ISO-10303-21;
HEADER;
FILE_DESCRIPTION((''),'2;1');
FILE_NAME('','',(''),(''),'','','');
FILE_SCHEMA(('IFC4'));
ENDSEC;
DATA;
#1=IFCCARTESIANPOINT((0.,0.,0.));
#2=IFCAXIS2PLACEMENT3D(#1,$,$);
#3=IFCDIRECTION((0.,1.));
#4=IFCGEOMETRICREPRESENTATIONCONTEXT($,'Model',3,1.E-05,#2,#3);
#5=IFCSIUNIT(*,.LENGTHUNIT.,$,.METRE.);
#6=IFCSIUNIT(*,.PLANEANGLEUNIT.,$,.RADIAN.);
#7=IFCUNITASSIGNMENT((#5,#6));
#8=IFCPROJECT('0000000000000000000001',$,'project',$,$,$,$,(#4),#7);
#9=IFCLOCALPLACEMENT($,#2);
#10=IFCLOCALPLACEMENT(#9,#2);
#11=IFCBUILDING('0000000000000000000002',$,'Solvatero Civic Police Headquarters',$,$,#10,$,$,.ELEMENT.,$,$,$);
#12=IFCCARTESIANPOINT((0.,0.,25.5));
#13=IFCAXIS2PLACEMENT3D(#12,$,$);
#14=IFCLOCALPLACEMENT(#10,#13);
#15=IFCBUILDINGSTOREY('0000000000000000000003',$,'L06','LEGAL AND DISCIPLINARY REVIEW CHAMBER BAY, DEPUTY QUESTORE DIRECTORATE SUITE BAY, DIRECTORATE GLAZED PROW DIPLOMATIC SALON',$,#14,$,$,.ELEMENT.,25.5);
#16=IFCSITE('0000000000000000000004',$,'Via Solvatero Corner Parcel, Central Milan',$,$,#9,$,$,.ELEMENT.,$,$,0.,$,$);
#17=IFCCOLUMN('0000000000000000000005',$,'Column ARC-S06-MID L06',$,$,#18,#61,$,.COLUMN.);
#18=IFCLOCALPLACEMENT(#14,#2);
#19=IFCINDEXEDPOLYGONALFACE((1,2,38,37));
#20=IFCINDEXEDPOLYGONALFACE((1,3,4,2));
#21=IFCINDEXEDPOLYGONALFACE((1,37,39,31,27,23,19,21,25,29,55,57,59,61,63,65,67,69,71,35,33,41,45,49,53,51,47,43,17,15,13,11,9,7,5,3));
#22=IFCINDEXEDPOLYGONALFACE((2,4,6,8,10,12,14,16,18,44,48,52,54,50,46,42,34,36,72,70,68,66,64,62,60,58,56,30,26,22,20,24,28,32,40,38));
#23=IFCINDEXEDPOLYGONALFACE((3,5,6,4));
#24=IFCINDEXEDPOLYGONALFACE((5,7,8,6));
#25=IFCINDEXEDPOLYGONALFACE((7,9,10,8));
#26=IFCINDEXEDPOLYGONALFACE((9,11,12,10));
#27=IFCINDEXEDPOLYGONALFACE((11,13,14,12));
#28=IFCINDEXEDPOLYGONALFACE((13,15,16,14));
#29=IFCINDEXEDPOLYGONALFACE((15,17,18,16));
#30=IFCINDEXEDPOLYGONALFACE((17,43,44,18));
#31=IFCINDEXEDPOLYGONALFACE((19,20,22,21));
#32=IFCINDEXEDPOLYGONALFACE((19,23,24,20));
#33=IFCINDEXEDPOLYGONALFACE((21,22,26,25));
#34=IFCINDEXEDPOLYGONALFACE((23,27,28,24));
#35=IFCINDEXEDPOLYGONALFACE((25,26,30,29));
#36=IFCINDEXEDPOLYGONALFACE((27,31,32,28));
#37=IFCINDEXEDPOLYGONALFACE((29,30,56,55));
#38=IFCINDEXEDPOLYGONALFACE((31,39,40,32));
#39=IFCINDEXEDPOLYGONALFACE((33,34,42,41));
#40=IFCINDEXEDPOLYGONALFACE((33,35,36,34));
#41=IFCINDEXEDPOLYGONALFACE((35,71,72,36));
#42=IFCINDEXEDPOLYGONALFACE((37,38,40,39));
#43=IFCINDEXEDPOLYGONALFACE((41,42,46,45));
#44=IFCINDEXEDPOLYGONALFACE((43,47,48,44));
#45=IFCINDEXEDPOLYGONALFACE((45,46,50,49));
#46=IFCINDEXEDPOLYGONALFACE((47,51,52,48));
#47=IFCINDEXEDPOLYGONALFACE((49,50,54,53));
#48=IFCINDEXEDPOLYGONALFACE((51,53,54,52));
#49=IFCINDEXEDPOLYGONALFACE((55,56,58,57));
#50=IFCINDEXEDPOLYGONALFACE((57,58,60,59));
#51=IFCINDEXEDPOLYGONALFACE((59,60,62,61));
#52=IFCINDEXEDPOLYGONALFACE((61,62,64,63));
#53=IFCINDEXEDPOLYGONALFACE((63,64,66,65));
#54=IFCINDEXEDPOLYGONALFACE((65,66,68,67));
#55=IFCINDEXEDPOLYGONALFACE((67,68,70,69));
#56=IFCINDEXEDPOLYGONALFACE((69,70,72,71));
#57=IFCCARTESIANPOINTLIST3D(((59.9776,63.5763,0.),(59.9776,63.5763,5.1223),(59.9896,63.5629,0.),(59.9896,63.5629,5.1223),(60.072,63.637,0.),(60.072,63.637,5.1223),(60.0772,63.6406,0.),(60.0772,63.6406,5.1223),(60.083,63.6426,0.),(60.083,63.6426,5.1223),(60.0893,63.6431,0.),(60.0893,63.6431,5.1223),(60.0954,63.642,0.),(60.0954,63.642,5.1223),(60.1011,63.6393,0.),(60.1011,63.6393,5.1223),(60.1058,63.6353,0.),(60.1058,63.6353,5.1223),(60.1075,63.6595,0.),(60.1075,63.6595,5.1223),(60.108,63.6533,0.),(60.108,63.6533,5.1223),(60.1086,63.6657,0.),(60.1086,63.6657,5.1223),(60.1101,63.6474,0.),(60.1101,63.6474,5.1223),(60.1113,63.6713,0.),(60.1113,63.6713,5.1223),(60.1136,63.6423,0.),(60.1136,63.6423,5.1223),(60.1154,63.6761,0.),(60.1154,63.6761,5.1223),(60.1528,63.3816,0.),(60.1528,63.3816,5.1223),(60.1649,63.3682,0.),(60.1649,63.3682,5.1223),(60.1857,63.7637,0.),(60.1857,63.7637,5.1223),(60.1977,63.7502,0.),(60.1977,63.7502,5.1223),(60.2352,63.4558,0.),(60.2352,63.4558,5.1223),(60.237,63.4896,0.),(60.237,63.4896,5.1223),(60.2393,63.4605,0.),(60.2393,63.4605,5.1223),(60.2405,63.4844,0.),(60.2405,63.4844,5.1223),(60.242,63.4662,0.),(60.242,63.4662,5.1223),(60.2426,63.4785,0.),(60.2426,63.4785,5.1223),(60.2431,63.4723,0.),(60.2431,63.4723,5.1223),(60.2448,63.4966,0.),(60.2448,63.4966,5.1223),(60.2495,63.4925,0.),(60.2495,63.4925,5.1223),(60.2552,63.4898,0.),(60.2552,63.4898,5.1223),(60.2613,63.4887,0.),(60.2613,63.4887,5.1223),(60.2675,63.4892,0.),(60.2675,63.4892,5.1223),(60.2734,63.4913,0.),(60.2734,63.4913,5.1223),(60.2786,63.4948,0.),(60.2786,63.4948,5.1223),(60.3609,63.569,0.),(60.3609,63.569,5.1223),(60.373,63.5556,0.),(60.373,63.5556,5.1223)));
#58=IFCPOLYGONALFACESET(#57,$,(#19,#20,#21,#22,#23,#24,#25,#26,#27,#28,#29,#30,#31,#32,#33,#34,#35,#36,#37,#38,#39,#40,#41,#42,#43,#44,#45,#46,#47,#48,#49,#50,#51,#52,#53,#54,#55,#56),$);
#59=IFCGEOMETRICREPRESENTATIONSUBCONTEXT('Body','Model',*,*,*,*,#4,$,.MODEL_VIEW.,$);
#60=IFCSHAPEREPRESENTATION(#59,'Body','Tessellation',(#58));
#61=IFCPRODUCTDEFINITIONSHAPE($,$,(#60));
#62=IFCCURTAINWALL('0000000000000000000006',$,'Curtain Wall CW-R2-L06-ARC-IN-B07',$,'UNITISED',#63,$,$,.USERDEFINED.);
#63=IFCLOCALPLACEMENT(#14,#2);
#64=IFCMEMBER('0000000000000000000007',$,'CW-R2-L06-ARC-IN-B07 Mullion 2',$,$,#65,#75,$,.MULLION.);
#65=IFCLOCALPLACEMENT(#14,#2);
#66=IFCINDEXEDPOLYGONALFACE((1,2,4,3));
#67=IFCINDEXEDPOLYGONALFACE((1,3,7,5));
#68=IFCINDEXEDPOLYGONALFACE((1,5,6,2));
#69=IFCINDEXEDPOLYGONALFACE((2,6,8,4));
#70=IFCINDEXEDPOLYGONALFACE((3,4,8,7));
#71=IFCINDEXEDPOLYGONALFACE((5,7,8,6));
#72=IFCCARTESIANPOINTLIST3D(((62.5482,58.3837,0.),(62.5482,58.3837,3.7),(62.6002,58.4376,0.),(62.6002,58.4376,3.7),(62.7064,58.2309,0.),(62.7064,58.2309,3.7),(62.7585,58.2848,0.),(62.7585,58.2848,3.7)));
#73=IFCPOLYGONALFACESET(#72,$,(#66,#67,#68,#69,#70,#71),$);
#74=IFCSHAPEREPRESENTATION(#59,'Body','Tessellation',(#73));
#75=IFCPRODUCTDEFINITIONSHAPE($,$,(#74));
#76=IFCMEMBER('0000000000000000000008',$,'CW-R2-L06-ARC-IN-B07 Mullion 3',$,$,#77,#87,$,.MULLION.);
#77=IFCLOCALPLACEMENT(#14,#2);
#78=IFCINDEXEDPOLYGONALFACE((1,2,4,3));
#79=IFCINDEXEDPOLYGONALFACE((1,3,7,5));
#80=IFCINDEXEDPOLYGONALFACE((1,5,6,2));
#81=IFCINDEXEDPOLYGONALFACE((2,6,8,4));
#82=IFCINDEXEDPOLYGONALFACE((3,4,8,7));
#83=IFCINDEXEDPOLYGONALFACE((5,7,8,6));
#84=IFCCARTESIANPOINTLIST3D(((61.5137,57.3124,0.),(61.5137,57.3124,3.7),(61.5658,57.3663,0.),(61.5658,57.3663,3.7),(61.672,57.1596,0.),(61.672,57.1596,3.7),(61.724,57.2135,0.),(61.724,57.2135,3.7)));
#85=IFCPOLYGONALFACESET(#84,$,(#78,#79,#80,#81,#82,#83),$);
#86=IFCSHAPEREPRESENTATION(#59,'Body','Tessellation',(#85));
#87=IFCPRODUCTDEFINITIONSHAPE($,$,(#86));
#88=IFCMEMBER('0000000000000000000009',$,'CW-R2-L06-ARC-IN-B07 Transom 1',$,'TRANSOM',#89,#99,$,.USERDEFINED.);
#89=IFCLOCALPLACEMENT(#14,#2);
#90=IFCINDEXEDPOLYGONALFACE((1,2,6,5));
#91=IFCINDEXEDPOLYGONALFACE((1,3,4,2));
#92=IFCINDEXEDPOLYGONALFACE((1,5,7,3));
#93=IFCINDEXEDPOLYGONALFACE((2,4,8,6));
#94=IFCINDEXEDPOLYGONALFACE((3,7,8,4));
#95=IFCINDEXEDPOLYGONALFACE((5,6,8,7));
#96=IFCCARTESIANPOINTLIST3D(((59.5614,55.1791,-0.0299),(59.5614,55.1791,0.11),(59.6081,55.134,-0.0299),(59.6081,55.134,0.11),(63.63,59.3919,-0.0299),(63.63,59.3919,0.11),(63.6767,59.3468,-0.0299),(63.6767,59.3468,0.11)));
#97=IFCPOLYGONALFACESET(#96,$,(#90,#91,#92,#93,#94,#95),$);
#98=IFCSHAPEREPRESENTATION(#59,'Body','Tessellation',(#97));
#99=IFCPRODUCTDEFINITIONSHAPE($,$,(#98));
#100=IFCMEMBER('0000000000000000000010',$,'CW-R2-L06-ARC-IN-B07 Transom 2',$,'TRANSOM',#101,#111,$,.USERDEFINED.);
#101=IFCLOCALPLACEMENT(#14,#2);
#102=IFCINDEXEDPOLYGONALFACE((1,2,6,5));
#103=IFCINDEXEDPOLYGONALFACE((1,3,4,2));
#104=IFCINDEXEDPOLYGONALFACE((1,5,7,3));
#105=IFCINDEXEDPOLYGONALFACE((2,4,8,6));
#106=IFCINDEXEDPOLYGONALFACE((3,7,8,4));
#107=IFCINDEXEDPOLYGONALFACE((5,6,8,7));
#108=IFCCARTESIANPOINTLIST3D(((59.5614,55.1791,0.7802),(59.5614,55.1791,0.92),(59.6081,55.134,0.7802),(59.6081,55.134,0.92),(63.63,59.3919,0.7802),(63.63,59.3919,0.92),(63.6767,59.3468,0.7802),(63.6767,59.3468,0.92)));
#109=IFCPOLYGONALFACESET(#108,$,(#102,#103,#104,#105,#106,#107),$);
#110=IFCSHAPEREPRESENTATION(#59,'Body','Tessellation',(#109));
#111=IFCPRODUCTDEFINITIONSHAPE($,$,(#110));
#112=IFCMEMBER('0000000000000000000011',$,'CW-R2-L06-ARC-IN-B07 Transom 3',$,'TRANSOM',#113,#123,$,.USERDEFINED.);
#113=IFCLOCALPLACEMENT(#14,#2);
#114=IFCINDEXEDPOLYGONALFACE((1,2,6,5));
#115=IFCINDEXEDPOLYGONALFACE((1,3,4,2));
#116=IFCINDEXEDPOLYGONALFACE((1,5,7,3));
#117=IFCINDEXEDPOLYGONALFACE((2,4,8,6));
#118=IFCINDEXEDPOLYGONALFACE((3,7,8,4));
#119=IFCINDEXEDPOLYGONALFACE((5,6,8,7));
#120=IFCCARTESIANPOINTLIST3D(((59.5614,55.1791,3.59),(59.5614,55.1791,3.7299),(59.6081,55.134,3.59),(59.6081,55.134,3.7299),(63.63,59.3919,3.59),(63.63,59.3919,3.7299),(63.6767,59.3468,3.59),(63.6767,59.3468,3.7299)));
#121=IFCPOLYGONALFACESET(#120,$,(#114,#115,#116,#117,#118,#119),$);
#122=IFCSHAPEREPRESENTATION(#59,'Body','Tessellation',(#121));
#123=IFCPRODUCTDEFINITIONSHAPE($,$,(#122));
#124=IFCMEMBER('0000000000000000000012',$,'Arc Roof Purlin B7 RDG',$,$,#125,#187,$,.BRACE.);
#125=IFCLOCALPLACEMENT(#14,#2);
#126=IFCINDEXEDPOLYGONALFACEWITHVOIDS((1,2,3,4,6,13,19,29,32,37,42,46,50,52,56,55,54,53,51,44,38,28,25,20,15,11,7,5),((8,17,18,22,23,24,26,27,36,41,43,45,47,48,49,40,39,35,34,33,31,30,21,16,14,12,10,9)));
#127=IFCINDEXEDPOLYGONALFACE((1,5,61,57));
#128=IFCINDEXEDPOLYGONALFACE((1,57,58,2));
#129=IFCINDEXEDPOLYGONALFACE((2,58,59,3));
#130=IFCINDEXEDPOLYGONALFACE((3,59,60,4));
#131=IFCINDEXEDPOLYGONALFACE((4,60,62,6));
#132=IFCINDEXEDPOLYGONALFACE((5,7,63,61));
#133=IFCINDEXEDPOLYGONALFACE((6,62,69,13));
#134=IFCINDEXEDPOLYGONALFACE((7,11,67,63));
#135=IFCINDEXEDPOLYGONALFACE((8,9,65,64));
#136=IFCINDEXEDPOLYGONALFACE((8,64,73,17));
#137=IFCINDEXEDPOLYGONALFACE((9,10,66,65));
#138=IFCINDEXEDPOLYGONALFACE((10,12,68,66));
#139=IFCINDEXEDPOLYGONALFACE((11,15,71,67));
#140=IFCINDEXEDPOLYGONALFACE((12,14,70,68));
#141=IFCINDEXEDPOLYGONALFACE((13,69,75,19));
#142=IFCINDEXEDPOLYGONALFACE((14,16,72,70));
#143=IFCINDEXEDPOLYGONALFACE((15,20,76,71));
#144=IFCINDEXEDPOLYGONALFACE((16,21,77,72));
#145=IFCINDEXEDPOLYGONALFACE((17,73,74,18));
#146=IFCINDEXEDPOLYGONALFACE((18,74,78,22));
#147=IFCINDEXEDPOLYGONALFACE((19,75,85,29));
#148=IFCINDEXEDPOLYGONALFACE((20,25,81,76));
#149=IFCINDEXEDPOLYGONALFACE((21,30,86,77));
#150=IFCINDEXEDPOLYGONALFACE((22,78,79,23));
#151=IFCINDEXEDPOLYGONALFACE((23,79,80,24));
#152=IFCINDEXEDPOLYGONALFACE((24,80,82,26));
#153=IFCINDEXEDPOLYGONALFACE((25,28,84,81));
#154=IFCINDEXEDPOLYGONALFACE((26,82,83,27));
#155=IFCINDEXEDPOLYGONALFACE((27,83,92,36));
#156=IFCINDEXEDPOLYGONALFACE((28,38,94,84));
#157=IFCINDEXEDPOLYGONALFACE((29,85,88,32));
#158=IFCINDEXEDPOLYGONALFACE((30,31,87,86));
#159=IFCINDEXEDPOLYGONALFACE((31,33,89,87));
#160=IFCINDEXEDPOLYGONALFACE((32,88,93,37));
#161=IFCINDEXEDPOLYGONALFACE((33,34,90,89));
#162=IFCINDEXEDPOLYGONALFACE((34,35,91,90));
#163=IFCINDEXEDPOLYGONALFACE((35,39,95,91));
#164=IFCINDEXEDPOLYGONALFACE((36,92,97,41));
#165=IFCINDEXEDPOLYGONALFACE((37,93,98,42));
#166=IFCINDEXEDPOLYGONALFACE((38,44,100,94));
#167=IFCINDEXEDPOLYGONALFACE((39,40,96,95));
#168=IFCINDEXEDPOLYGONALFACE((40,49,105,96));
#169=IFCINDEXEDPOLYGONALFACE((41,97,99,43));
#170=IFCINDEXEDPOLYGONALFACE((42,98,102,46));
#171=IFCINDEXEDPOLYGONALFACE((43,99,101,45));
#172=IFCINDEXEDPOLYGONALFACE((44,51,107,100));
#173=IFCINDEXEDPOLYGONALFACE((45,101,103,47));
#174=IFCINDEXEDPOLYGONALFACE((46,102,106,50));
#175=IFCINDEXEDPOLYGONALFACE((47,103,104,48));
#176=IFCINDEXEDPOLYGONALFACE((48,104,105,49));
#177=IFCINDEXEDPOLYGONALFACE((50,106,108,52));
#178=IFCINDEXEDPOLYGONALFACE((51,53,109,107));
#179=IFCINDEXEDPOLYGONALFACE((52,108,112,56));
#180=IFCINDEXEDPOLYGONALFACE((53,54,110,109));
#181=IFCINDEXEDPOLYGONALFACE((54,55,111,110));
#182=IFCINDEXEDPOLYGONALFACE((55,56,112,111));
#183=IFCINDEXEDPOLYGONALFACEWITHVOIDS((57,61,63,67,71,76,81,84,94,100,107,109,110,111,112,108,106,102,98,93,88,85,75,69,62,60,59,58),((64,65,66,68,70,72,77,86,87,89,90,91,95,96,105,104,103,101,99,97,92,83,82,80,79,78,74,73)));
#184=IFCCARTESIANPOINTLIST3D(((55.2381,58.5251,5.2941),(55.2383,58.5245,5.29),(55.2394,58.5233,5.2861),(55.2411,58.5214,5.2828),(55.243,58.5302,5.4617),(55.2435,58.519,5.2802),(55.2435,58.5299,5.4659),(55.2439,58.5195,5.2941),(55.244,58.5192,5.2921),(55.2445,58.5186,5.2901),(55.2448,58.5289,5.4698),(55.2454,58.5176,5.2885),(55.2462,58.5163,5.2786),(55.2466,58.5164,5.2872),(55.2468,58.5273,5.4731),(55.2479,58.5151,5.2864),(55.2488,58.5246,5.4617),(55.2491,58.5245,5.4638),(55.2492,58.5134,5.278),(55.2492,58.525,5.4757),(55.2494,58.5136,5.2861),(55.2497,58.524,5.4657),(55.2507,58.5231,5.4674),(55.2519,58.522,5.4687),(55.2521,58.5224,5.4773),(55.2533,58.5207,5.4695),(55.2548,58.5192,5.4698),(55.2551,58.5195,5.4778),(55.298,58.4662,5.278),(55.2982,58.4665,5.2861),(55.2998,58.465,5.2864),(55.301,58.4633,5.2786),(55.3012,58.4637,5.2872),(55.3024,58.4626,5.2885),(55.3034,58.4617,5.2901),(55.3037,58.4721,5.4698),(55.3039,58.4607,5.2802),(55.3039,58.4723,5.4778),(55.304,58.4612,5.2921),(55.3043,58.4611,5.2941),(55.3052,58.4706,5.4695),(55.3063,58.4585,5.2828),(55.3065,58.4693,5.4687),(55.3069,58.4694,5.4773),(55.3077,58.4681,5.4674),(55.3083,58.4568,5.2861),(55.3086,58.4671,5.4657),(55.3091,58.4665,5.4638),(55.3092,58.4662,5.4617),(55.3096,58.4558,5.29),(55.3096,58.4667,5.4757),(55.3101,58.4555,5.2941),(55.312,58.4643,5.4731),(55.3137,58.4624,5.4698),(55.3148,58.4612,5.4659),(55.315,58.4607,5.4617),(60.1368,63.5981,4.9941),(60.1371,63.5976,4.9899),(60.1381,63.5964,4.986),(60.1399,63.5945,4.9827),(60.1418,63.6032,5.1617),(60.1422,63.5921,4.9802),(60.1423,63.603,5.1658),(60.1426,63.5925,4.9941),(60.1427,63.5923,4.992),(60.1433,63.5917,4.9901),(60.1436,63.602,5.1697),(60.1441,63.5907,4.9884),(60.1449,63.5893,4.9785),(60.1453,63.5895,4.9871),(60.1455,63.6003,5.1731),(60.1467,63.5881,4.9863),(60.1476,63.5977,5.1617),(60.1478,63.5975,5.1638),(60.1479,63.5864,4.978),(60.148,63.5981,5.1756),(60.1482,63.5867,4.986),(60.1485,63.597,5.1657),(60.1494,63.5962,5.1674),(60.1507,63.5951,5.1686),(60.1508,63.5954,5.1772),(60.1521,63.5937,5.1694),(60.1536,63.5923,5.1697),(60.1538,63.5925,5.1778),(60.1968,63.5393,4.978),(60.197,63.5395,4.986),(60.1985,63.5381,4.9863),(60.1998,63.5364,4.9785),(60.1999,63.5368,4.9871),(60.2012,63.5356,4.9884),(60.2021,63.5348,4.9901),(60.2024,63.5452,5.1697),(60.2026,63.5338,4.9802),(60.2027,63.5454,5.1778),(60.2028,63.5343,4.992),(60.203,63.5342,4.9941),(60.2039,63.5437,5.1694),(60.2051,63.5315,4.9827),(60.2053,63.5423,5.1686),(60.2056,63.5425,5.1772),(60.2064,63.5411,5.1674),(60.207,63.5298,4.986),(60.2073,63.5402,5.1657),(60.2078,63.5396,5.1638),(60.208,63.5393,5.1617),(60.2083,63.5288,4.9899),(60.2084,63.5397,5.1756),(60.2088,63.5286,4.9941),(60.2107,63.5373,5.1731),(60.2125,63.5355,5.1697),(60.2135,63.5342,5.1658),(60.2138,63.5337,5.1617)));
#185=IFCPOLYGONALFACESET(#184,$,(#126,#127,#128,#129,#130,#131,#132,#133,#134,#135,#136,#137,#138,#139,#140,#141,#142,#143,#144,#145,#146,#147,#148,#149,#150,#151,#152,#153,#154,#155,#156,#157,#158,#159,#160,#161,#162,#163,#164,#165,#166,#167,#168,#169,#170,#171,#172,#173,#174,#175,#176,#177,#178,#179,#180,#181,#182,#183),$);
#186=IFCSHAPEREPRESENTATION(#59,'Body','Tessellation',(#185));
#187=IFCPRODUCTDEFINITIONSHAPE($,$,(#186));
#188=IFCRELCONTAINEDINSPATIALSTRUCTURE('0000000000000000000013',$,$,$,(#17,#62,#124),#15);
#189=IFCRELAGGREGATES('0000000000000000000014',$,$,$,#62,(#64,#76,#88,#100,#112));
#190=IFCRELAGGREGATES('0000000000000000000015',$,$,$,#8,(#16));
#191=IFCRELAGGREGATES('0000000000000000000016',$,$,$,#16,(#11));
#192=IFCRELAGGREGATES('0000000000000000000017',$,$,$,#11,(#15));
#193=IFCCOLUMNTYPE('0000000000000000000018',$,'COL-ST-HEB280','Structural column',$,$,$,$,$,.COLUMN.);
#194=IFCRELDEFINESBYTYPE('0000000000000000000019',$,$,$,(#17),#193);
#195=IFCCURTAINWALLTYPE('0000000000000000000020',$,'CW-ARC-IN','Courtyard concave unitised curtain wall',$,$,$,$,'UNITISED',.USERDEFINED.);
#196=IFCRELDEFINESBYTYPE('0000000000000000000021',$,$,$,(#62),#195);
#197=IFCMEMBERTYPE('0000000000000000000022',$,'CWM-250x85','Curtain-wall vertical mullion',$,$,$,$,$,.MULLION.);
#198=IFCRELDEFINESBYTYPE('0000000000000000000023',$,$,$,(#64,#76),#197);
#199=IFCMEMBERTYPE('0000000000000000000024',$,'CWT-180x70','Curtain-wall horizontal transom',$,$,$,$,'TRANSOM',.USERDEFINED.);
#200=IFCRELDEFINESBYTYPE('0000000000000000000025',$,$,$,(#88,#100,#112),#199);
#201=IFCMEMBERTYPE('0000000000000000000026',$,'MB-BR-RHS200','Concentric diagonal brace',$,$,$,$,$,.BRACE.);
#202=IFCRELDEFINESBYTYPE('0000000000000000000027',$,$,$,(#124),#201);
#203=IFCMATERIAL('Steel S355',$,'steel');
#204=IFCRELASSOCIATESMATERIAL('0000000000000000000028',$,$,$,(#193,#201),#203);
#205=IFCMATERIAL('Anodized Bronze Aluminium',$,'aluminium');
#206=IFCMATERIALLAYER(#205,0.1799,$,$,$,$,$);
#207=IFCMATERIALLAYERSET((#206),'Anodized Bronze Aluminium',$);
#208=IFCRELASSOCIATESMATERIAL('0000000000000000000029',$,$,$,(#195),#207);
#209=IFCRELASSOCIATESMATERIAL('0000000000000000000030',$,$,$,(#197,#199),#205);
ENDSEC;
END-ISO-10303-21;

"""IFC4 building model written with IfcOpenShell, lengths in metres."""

from ifc_helpers import new_model, si_unit, direction, frame, origin, origin_2d, place, context, subcontext, project, spatial, rectangle, hollow_rectangle, i_section, extrude, material, layer, layer_set, material_profile, profile_set, type_object, element, aggregate, save


model = new_model("IFC4")

# Units and contexts
model_context = context("Model", 3, precision=1e-05, world=origin(), true_north=direction((0.0, 1.0)))
body_context = subcontext(model_context, "Body", "Model", "MODEL_VIEW")
ifc_project = project(units=[si_unit("LENGTHUNIT", "METRE"), si_unit("PLANEANGLEUNIT", "RADIAN")], contexts=[model_context])

# Site, building, storey
site_placement = place(None, origin())
site = spatial("IfcSite", under=ifc_project, at=site_placement, Name="Via Solvatero Corner Parcel, Central Milan", CompositionType="ELEMENT", RefElevation=0.0)
building_placement = place(site_placement, origin())
building = spatial("IfcBuilding", under=site, at=building_placement, Name="Solvatero Civic Police Headquarters", CompositionType="ELEMENT")
storey_placement = place(building_placement, frame((0.0, 0.0, 25.5)))
storey = spatial("IfcBuildingStorey", under=building, at=storey_placement, Name="L06", Description="LEGAL AND DISCIPLINARY REVIEW CHAMBER BAY, DEPUTY QUESTORE DIRECTORATE SUITE BAY, DIRECTORATE GLAZED PROW DIPLOMATIC SALON", CompositionType="ELEMENT", Elevation=25.5)

# Column
ifc_material_1 = material(Name="Steel S355", Category="steel")
ifc_material_profile_1 = material_profile(ifc_material_1, i_section(OverallWidth=0.28, OverallDepth=0.28, WebThickness=0.0105, FlangeThickness=0.0181, FilletRadius=0.0239, at=origin_2d()), Name="HEB 280")
ifc_profile_set_1 = profile_set([ifc_material_profile_1], Name="Steel S355")
column_type = type_object("IfcColumnType", Name="COL-ST-HEB280", Description="Structural column", PredefinedType="COLUMN", material=ifc_profile_set_1)
column_placement = place(storey_placement, frame((60.1753, 63.5659, 0.0), z_axis=(0.0, 0.0, 1.0), x_axis=(0.743145, 0.669131, 0.0)))
element("IfcColumn", 1, at=column_placement, inside=storey, type_object=column_type, Name="Column ARC-S06-MID L06", PredefinedType="COLUMN", context=body_context, shape_type="SweptSolid", body=[
    extrude(i_section(OverallWidth=0.28, OverallDepth=0.28, WebThickness=0.0105, FlangeThickness=0.0181, FilletRadius=0.0239, at=origin_2d()), origin(), (0.0, 0.0, 1.0), 5.1223),
])

# Curtain wall, members
ifc_material_2 = material(Name="Anodized Bronze Aluminium", Category="aluminium")
ifc_layer_1 = layer(ifc_material_2, 0.1799)
ifc_layer_set_1 = layer_set([ifc_layer_1], Name="Anodized Bronze Aluminium")
curtain_wall_type = type_object("IfcCurtainWallType", Name="CW-ARC-IN", Description="Courtyard concave unitised curtain wall", ElementType="UNITISED", PredefinedType="USERDEFINED", material=ifc_layer_set_1)
curtain_wall_placement = place(storey_placement, origin())
curtain_wall = element("IfcCurtainWall", 2, at=curtain_wall_placement, inside=storey, type_object=curtain_wall_type, Name="Curtain Wall CW-R2-L06-ARC-IN-B07", ObjectType="UNITISED", PredefinedType="USERDEFINED")
ifc_material_profile_2 = material_profile(ifc_material_2, rectangle(XDim=0.075, YDim=0.22, at=origin_2d()), Name="ALU MULLION 75x220")
ifc_profile_set_2 = profile_set([ifc_material_profile_2], Name="Anodized Bronze Aluminium")
member_type_1 = type_object("IfcMemberType", Name="CWM-250x85", Description="Curtain-wall vertical mullion", PredefinedType="MULLION", material=ifc_profile_set_2)
member_1_placement = place(storey_placement, frame((62.6533, 58.3342, 0.0), z_axis=(0.0, 0.0, 1.0), x_axis=(-0.694646, -0.719352, 0.0)))
member_1 = element("IfcMember", 3, at=member_1_placement, type_object=member_type_1, Name="CW-R2-L06-ARC-IN-B07 Mullion 2", PredefinedType="MULLION", context=body_context, shape_type="SweptSolid", body=[
    extrude(rectangle(XDim=0.075, YDim=0.22, at=origin_2d()), origin(), (0.0, 0.0, 1.0), 3.7),
])
member_2_placement = place(storey_placement, frame((61.6189, 57.2629, 0.0), z_axis=(0.0, 0.0, 1.0), x_axis=(-0.694646, -0.719352, 0.0)))
member_2 = element("IfcMember", 4, at=member_2_placement, type_object=member_type_1, Name="CW-R2-L06-ARC-IN-B07 Mullion 3", PredefinedType="MULLION", context=body_context, shape_type="SweptSolid", body=[
    extrude(rectangle(XDim=0.075, YDim=0.22, at=origin_2d()), origin(), (0.0, 0.0, 1.0), 3.7),
])
ifc_material_profile_3 = material_profile(ifc_material_2, rectangle(XDim=0.0649, YDim=0.1399, at=origin_2d()), Name="ALU TRANSOM 65x140")
ifc_profile_set_3 = profile_set([ifc_material_profile_3], Name="Anodized Bronze Aluminium")
member_type_2 = type_object("IfcMemberType", Name="CWT-180x70", Description="Curtain-wall horizontal transom", ElementType="TRANSOM", PredefinedType="USERDEFINED", material=ifc_profile_set_3)
member_3_placement = place(storey_placement, frame((63.6533, 59.3694, 0.04), z_axis=(-0.694682, -0.719317, 0.0), x_axis=(0.719317, -0.694682, 0.0)))
member_3 = element("IfcMember", 5, at=member_3_placement, type_object=member_type_2, Name="CW-R2-L06-ARC-IN-B07 Transom 1", ObjectType="TRANSOM", PredefinedType="USERDEFINED", context=body_context, shape_type="SweptSolid", body=[
    extrude(rectangle(XDim=0.0649, YDim=0.1399, at=origin_2d()), origin(), (0.0, 0.0, 1.0), 5.8567),
])
member_4_placement = place(storey_placement, frame((63.6533, 59.3694, 0.8501), z_axis=(-0.694682, -0.719317, 0.0), x_axis=(0.719317, -0.694682, 0.0)))
member_4 = element("IfcMember", 6, at=member_4_placement, type_object=member_type_2, Name="CW-R2-L06-ARC-IN-B07 Transom 2", ObjectType="TRANSOM", PredefinedType="USERDEFINED", context=body_context, shape_type="SweptSolid", body=[
    extrude(rectangle(XDim=0.0649, YDim=0.1399, at=origin_2d()), origin(), (0.0, 0.0, 1.0), 5.8567),
])
member_5_placement = place(storey_placement, frame((63.6533, 59.3694, 3.6599), z_axis=(-0.694682, -0.719317, 0.0), x_axis=(0.719317, -0.694682, 0.0)))
member_5 = element("IfcMember", 7, at=member_5_placement, type_object=member_type_2, Name="CW-R2-L06-ARC-IN-B07 Transom 3", ObjectType="TRANSOM", PredefinedType="USERDEFINED", context=body_context, shape_type="SweptSolid", body=[
    extrude(rectangle(XDim=0.0649, YDim=0.1399, at=origin_2d()), origin(), (0.0, 0.0, 1.0), 5.8567),
])

# Member
ifc_material_profile_4 = material_profile(ifc_material_1, hollow_rectangle(XDim=0.1001, YDim=0.2, WallThickness=0.0081, InnerFilletRadius=0.0081, OuterFilletRadius=0.0161, at=origin_2d()), Name="RHS 200x100x8.0")
ifc_profile_set_4 = profile_set([ifc_material_profile_4], Name="Steel S355")
member_type_3 = type_object("IfcMemberType", Name="MB-BR-RHS200", Description="Concentric diagonal brace", PredefinedType="BRACE", material=ifc_profile_set_4)
member_6_placement = place(storey_placement, frame((60.1753, 63.5659, 5.0779), z_axis=(-0.694012, -0.718708, 0.042509), x_axis=(0.719358, -0.69464, 0.0)))
element("IfcMember", 8, at=member_6_placement, inside=storey, type_object=member_type_3, Name="Arc Roof Purlin B7 RDG", PredefinedType="BRACE", context=body_context, shape_type="SweptSolid", body=[
    extrude(hollow_rectangle(XDim=0.1001, YDim=0.2, WallThickness=0.0081, InnerFilletRadius=0.0081, OuterFilletRadius=0.0161, at=origin_2d()), origin(), (0.0, 0.0, 1.0), 7.0586),
])

aggregate(curtain_wall, [member_1, member_2, member_3, member_4, member_5])

save(model, "model.ifc")
